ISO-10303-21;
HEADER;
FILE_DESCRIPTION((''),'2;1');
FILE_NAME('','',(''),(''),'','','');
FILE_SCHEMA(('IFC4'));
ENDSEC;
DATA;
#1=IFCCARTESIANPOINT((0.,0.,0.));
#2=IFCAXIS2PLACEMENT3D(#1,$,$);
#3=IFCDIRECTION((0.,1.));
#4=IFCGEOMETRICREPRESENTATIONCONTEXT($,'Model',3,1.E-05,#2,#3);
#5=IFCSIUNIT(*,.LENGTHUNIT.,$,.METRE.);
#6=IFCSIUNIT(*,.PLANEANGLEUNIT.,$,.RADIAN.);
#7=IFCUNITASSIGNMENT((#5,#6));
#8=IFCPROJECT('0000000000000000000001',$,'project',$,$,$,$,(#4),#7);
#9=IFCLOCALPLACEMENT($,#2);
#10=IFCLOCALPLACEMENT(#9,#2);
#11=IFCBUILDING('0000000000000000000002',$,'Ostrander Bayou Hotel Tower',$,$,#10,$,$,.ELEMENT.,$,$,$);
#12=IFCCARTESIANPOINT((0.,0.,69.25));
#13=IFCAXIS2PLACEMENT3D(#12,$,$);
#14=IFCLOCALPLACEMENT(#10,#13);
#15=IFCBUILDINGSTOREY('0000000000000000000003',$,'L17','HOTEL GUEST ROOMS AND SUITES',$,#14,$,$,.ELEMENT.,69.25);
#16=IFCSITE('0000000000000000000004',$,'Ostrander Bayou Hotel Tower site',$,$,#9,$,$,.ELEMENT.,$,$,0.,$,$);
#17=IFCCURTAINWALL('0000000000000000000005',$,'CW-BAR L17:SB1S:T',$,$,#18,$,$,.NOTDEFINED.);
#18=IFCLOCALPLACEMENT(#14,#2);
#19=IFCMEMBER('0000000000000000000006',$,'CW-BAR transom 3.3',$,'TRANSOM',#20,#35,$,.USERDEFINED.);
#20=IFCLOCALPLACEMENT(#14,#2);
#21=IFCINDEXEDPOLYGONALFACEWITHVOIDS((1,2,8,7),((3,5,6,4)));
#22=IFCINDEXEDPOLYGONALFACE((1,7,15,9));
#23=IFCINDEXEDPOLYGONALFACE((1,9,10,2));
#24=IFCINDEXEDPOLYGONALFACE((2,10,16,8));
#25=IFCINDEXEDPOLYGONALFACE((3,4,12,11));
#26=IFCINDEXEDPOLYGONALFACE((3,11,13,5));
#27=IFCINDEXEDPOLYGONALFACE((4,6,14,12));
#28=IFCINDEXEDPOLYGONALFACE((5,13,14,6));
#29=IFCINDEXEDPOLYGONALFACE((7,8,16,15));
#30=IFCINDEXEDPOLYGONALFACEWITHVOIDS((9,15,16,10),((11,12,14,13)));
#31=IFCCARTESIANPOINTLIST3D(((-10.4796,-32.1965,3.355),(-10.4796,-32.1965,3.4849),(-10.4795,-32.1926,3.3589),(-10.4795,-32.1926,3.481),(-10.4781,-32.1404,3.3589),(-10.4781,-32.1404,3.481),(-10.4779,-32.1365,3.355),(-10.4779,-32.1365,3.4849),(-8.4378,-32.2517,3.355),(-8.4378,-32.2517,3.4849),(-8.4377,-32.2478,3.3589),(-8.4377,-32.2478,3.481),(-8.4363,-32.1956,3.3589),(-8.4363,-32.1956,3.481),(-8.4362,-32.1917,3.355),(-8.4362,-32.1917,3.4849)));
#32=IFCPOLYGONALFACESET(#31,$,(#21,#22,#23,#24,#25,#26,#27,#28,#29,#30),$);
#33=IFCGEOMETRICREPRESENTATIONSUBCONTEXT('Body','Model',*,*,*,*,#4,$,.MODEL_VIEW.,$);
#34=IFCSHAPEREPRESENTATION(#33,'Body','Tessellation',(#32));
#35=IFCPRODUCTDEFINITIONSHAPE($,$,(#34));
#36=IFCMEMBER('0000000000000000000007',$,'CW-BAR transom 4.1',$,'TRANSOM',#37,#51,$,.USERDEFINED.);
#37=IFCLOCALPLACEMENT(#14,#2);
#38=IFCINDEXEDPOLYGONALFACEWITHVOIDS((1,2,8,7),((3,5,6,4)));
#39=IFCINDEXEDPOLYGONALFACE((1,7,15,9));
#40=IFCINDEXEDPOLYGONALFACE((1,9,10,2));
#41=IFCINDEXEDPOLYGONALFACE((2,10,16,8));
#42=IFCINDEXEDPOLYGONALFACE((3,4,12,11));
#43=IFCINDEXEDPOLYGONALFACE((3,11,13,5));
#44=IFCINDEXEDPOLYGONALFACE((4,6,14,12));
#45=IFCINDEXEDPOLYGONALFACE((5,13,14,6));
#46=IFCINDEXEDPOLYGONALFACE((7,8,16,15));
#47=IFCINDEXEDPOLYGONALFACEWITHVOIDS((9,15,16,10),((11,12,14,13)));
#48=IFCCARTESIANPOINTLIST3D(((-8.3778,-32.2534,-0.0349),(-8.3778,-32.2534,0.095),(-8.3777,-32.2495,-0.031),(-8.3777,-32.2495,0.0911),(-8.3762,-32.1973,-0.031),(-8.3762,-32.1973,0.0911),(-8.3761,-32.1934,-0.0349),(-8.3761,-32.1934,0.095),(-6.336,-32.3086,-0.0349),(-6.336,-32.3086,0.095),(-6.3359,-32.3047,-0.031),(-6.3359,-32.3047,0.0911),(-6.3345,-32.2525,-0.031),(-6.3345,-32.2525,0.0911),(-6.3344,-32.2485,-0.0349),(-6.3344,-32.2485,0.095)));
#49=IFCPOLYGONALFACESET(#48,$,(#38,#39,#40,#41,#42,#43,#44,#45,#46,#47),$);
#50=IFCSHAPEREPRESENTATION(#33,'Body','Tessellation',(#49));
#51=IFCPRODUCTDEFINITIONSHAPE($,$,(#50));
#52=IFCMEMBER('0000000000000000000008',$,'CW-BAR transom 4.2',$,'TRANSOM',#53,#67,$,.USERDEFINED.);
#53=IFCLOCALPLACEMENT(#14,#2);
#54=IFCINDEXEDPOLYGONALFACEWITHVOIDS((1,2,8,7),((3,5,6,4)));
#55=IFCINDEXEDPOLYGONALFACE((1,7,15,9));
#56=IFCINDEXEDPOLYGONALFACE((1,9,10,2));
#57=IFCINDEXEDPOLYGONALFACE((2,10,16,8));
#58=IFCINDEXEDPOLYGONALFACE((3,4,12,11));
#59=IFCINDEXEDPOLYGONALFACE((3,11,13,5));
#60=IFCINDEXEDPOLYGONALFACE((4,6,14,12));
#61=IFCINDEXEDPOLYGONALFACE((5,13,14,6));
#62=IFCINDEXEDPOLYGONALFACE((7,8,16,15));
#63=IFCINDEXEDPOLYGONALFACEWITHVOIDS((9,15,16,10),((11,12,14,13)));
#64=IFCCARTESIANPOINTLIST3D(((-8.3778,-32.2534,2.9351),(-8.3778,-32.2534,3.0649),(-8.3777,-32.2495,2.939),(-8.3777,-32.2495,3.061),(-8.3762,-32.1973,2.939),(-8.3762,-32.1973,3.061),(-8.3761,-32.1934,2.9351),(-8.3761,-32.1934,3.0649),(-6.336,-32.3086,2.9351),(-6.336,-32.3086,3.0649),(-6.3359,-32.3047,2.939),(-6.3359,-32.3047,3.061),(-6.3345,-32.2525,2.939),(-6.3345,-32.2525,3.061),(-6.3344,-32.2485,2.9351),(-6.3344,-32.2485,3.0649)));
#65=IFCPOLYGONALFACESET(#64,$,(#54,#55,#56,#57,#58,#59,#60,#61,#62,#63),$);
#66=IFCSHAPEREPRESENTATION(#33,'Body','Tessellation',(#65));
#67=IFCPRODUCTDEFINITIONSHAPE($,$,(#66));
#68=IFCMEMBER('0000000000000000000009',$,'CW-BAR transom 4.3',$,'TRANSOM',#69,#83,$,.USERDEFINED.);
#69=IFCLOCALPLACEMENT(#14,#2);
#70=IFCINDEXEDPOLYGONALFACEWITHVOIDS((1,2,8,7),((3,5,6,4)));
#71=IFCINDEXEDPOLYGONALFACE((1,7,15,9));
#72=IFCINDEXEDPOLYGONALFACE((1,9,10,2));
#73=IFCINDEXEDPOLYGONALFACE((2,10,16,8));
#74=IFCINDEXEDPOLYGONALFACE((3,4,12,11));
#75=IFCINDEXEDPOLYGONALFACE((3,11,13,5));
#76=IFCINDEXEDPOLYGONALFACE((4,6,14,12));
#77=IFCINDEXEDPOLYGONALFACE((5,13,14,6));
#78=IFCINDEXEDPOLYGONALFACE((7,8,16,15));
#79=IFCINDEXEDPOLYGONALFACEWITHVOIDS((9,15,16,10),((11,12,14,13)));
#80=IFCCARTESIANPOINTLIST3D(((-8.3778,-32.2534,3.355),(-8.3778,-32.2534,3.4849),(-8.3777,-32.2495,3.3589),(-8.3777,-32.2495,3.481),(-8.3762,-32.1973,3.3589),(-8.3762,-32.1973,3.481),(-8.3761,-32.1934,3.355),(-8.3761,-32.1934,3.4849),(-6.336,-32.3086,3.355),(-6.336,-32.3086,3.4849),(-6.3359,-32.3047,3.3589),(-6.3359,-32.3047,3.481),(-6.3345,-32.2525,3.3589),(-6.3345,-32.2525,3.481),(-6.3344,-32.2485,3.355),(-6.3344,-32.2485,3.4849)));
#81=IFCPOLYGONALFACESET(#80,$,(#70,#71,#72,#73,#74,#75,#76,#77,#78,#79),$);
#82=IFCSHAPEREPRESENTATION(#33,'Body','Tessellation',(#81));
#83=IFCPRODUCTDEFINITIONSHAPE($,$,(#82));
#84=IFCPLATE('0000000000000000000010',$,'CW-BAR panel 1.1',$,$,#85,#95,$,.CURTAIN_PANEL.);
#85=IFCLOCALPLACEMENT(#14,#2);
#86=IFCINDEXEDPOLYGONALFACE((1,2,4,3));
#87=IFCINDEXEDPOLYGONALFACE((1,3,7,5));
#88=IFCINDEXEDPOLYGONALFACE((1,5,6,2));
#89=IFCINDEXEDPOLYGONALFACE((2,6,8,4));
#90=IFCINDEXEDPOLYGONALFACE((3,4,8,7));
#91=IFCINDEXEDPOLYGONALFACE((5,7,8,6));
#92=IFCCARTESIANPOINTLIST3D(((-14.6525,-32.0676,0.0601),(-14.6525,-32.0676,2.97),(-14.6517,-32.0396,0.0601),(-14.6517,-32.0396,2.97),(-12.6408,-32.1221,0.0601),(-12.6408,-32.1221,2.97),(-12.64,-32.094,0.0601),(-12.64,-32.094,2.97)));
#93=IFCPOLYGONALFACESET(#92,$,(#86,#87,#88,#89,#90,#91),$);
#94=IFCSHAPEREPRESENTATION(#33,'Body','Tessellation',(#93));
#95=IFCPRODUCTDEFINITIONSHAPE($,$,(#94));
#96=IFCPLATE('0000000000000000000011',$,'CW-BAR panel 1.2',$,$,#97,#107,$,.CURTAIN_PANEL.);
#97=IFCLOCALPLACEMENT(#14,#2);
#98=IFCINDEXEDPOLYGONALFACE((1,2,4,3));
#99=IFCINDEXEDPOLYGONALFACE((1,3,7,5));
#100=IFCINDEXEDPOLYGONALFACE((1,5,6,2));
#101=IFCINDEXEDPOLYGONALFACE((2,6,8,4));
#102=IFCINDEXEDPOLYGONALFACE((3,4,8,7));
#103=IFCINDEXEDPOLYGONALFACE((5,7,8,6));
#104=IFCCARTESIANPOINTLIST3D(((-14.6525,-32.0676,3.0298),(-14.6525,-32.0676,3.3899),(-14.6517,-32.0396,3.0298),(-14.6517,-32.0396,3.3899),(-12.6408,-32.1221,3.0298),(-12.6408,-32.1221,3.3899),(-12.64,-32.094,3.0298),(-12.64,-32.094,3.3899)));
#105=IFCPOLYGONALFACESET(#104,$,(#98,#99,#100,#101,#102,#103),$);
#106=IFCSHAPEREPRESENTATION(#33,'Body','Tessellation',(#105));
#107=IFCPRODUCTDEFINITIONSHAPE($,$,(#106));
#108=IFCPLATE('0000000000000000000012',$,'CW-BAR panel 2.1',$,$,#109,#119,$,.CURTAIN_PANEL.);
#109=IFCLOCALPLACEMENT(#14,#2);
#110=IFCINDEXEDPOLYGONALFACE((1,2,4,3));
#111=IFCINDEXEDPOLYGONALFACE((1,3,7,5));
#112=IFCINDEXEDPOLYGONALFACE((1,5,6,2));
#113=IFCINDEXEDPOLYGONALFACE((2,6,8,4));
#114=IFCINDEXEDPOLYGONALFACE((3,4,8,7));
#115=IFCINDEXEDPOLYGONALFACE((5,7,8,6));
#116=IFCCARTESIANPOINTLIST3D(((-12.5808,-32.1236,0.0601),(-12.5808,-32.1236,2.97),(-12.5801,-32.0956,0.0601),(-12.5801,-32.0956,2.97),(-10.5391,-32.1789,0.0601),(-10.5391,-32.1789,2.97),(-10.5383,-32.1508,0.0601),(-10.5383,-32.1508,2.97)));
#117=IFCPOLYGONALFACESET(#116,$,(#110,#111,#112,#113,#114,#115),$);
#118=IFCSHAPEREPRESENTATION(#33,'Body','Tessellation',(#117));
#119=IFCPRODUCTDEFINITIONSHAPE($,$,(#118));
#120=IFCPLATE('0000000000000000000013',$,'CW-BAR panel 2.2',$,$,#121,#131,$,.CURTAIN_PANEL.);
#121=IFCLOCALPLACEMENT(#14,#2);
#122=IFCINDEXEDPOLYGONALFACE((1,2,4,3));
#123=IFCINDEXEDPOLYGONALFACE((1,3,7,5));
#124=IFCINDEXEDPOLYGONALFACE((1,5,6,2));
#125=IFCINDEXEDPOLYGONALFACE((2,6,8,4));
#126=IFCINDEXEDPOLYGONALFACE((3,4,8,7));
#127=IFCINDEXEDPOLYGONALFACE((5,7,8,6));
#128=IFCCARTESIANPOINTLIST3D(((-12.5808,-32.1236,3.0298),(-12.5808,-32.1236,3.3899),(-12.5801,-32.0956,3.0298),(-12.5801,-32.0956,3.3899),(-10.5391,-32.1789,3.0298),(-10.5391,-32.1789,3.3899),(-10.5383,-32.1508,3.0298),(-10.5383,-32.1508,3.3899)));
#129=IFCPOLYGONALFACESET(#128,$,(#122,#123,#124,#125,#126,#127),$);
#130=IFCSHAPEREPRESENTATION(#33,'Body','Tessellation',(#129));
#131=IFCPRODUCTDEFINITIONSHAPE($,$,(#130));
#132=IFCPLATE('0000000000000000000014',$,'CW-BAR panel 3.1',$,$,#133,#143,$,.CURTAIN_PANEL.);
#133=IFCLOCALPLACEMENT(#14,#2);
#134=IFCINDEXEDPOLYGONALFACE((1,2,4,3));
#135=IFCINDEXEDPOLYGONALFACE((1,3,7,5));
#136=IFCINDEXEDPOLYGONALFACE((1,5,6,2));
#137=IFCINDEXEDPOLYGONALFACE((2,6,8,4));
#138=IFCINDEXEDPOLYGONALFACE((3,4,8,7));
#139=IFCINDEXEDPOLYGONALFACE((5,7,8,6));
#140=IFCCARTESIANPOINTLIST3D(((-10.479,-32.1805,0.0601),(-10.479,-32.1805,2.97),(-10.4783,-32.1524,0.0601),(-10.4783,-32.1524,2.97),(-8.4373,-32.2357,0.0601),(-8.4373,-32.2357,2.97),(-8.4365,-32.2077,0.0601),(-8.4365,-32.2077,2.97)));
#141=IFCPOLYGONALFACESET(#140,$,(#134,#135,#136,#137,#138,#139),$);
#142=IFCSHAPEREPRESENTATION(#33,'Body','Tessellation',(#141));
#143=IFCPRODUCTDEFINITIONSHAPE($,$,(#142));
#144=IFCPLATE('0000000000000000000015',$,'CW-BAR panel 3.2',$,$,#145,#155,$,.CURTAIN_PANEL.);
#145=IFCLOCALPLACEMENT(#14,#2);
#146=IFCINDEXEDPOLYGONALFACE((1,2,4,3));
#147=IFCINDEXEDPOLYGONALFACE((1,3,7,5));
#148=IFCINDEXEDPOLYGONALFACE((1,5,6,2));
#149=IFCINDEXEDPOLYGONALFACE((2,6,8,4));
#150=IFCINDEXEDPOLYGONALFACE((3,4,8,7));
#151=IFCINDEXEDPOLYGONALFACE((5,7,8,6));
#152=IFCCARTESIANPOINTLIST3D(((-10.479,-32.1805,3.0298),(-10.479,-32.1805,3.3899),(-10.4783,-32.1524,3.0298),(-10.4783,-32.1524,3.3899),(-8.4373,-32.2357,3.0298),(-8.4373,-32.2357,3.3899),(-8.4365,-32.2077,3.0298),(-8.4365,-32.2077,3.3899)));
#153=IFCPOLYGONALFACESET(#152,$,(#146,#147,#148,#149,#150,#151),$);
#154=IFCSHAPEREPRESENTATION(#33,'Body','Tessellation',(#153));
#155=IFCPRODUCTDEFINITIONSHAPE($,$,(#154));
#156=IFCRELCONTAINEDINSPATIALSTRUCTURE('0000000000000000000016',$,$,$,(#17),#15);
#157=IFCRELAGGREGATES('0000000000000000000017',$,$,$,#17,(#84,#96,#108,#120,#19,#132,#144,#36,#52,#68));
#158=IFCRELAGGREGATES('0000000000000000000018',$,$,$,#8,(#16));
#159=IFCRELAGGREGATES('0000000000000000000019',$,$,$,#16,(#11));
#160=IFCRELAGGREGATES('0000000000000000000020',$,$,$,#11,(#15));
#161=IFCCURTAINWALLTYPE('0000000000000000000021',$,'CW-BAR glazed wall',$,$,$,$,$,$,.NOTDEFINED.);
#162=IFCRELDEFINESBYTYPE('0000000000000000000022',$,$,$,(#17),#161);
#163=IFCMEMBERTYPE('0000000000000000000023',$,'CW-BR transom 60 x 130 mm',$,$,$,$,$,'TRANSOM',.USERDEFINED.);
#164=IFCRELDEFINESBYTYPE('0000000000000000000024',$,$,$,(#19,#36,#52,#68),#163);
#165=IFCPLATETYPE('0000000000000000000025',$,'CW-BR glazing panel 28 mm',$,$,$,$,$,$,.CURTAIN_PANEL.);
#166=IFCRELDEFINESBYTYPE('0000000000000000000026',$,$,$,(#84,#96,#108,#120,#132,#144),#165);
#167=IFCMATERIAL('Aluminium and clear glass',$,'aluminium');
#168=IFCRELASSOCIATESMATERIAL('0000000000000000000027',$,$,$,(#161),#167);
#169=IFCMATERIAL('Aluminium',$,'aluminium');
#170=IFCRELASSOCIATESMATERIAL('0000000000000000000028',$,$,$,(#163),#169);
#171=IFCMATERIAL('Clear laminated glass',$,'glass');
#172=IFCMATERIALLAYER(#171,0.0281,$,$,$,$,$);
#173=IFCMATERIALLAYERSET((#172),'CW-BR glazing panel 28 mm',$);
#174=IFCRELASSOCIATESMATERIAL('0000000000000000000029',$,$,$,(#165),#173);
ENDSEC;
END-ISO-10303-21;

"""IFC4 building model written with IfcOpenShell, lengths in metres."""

from ifc_helpers import new_model, si_unit, direction, frame, origin, origin_2d, place, context, subcontext, project, spatial, rectangle, hollow_rectangle, extrude, material, layer, layer_set, material_profile, profile_set, type_object, element, aggregate, save


model = new_model("IFC4")

# Units and contexts
model_context = context("Model", 3, precision=1e-05, world=origin(), true_north=direction((0.0, 1.0)))
body_context = subcontext(model_context, "Body", "Model", "MODEL_VIEW")
ifc_project = project(units=[si_unit("LENGTHUNIT", "METRE"), si_unit("PLANEANGLEUNIT", "RADIAN")], contexts=[model_context])

# Site, building, storey
site_placement = place(None, origin())
site = spatial("IfcSite", under=ifc_project, at=site_placement, Name="Ostrander Bayou Hotel Tower site", CompositionType="ELEMENT", RefElevation=0.0)
building_placement = place(site_placement, origin())
building = spatial("IfcBuilding", under=site, at=building_placement, Name="Ostrander Bayou Hotel Tower", CompositionType="ELEMENT")
storey_placement = place(building_placement, frame((0.0, 0.0, 69.25)))
storey = spatial("IfcBuildingStorey", under=building, at=storey_placement, Name="L17", Description="HOTEL GUEST ROOMS AND SUITES", CompositionType="ELEMENT", Elevation=69.25)

# Curtain wall, members, plates
ifc_material_1 = material(Name="Aluminium and clear glass", Category="aluminium")
curtain_wall_type = type_object("IfcCurtainWallType", Name="CW-BAR glazed wall", PredefinedType="NOTDEFINED", material=ifc_material_1)
curtain_wall_placement = place(storey_placement, origin())
curtain_wall = element("IfcCurtainWall", 1, at=curtain_wall_placement, inside=storey, type_object=curtain_wall_type, Name="CW-BAR L17:SB1S:T", PredefinedType="NOTDEFINED")
ifc_material_2 = material(Name="Aluminium", Category="aluminium")
ifc_material_profile_1 = material_profile(ifc_material_2, hollow_rectangle(XDim=0.0601, YDim=0.1299, WallThickness=0.0039, at=origin_2d()))
ifc_profile_set_1 = profile_set([ifc_material_profile_1], Name="Aluminium")
member_type_1 = type_object("IfcMemberType", Name="CW-BR transom 60 x 130 mm", ElementType="TRANSOM", PredefinedType="USERDEFINED", material=ifc_profile_set_1)
member_1_placement = place(storey_placement, frame((-10.4788, -32.1665, 3.4199), z_axis=(0.999635, -0.027014, 0.0), x_axis=(0.027014, 0.999635, 0.0)))
member_1 = element("IfcMember", 2, at=member_1_placement, type_object=member_type_1, Name="CW-BAR transom 3.3", ObjectType="TRANSOM", PredefinedType="USERDEFINED", context=body_context, shape_type="SweptSolid", body=[
    extrude(hollow_rectangle(XDim=0.0601, YDim=0.1299, WallThickness=0.0039, at=origin_2d()), origin(), (0.0, 0.0, 1.0), 2.0425),
])
member_2_placement = place(storey_placement, frame((-8.377, -32.2234, 0.03), z_axis=(0.999635, -0.027014, 0.0), x_axis=(0.027014, 0.999635, 0.0)))
member_2 = element("IfcMember", 3, at=member_2_placement, type_object=member_type_1, Name="CW-BAR transom 4.1", ObjectType="TRANSOM", PredefinedType="USERDEFINED", context=body_context, shape_type="SweptSolid", body=[
    extrude(hollow_rectangle(XDim=0.0601, YDim=0.1299, WallThickness=0.0039, at=origin_2d()), origin(), (0.0, 0.0, 1.0), 2.0425),
])
member_3_placement = place(storey_placement, frame((-8.377, -32.2234, 3.0), z_axis=(0.999635, -0.027014, 0.0), x_axis=(0.027014, 0.999635, 0.0)))
member_3 = element("IfcMember", 4, at=member_3_placement, type_object=member_type_1, Name="CW-BAR transom 4.2", ObjectType="TRANSOM", PredefinedType="USERDEFINED", context=body_context, shape_type="SweptSolid", body=[
    extrude(hollow_rectangle(XDim=0.0601, YDim=0.1299, WallThickness=0.0039, at=origin_2d()), origin(), (0.0, 0.0, 1.0), 2.0425),
])
member_4_placement = place(storey_placement, frame((-8.377, -32.2234, 3.4199), z_axis=(0.999635, -0.027014, 0.0), x_axis=(0.027014, 0.999635, 0.0)))
member_4 = element("IfcMember", 5, at=member_4_placement, type_object=member_type_1, Name="CW-BAR transom 4.3", ObjectType="TRANSOM", PredefinedType="USERDEFINED", context=body_context, shape_type="SweptSolid", body=[
    extrude(hollow_rectangle(XDim=0.0601, YDim=0.1299, WallThickness=0.0039, at=origin_2d()), origin(), (0.0, 0.0, 1.0), 2.0425),
])
ifc_material_3 = material(Name="Clear laminated glass", Category="glass")
ifc_layer = layer(ifc_material_3, 0.0281)
ifc_layer_set = layer_set([ifc_layer], Name="CW-BR glazing panel 28 mm")
plate_type = type_object("IfcPlateType", Name="CW-BR glazing panel 28 mm", PredefinedType="CURTAIN_PANEL", material=ifc_layer_set)
plate_1_placement = place(storey_placement, frame((-13.6462, -32.0808, 0.0601), z_axis=(0.0, 0.0, 1.0), x_axis=(0.999634, -0.027042, 0.0)))
plate_1 = element("IfcPlate", 6, at=plate_1_placement, type_object=plate_type, Name="CW-BAR panel 1.1", PredefinedType="CURTAIN_PANEL", context=body_context, shape_type="SweptSolid", body=[
    extrude(rectangle(XDim=2.0125, YDim=0.0281, at=origin_2d()), origin(), (0.0, 0.0, 1.0), 2.9099),
])
plate_2_placement = place(storey_placement, frame((-13.6462, -32.0808, 3.0298), z_axis=(0.0, 0.0, 1.0), x_axis=(0.999634, -0.027042, 0.0)))
plate_2 = element("IfcPlate", 7, at=plate_2_placement, type_object=plate_type, Name="CW-BAR panel 1.2", PredefinedType="CURTAIN_PANEL", context=body_context, shape_type="SweptSolid", body=[
    extrude(rectangle(XDim=2.0125, YDim=0.0281, at=origin_2d()), origin(), (0.0, 0.0, 1.0), 0.3601),
])
plate_3_placement = place(storey_placement, frame((-11.5596, -32.1372, 0.0601), z_axis=(0.0, 0.0, 1.0), x_axis=(0.999634, -0.027042, 0.0)))
plate_3 = element("IfcPlate", 8, at=plate_3_placement, type_object=plate_type, Name="CW-BAR panel 2.1", PredefinedType="CURTAIN_PANEL", context=body_context, shape_type="SweptSolid", body=[
    extrude(rectangle(XDim=2.0425, YDim=0.0281, at=origin_2d()), origin(), (0.0, 0.0, 1.0), 2.9099),
])
plate_4_placement = place(storey_placement, frame((-11.5596, -32.1372, 3.0298), z_axis=(0.0, 0.0, 1.0), x_axis=(0.999634, -0.027042, 0.0)))
plate_4 = element("IfcPlate", 9, at=plate_4_placement, type_object=plate_type, Name="CW-BAR panel 2.2", PredefinedType="CURTAIN_PANEL", context=body_context, shape_type="SweptSolid", body=[
    extrude(rectangle(XDim=2.0425, YDim=0.0281, at=origin_2d()), origin(), (0.0, 0.0, 1.0), 0.3601),
])
plate_5_placement = place(storey_placement, frame((-9.4578, -32.1941, 0.0601), z_axis=(0.0, 0.0, 1.0), x_axis=(0.999634, -0.027042, 0.0)))
plate_5 = element("IfcPlate", 10, at=plate_5_placement, type_object=plate_type, Name="CW-BAR panel 3.1", PredefinedType="CURTAIN_PANEL", context=body_context, shape_type="SweptSolid", body=[
    extrude(rectangle(XDim=2.0425, YDim=0.0281, at=origin_2d()), origin(), (0.0, 0.0, 1.0), 2.9099),
])
plate_6_placement = place(storey_placement, frame((-9.4578, -32.1941, 3.0298), z_axis=(0.0, 0.0, 1.0), x_axis=(0.999634, -0.027042, 0.0)))
plate_6 = element("IfcPlate", 11, at=plate_6_placement, type_object=plate_type, Name="CW-BAR panel 3.2", PredefinedType="CURTAIN_PANEL", context=body_context, shape_type="SweptSolid", body=[
    extrude(rectangle(XDim=2.0425, YDim=0.0281, at=origin_2d()), origin(), (0.0, 0.0, 1.0), 0.3601),
])
aggregate(curtain_wall, [plate_1, plate_2, plate_3, plate_4, member_1, plate_5, plate_6, member_2, member_3, member_4])

save(model, "model.ifc")
